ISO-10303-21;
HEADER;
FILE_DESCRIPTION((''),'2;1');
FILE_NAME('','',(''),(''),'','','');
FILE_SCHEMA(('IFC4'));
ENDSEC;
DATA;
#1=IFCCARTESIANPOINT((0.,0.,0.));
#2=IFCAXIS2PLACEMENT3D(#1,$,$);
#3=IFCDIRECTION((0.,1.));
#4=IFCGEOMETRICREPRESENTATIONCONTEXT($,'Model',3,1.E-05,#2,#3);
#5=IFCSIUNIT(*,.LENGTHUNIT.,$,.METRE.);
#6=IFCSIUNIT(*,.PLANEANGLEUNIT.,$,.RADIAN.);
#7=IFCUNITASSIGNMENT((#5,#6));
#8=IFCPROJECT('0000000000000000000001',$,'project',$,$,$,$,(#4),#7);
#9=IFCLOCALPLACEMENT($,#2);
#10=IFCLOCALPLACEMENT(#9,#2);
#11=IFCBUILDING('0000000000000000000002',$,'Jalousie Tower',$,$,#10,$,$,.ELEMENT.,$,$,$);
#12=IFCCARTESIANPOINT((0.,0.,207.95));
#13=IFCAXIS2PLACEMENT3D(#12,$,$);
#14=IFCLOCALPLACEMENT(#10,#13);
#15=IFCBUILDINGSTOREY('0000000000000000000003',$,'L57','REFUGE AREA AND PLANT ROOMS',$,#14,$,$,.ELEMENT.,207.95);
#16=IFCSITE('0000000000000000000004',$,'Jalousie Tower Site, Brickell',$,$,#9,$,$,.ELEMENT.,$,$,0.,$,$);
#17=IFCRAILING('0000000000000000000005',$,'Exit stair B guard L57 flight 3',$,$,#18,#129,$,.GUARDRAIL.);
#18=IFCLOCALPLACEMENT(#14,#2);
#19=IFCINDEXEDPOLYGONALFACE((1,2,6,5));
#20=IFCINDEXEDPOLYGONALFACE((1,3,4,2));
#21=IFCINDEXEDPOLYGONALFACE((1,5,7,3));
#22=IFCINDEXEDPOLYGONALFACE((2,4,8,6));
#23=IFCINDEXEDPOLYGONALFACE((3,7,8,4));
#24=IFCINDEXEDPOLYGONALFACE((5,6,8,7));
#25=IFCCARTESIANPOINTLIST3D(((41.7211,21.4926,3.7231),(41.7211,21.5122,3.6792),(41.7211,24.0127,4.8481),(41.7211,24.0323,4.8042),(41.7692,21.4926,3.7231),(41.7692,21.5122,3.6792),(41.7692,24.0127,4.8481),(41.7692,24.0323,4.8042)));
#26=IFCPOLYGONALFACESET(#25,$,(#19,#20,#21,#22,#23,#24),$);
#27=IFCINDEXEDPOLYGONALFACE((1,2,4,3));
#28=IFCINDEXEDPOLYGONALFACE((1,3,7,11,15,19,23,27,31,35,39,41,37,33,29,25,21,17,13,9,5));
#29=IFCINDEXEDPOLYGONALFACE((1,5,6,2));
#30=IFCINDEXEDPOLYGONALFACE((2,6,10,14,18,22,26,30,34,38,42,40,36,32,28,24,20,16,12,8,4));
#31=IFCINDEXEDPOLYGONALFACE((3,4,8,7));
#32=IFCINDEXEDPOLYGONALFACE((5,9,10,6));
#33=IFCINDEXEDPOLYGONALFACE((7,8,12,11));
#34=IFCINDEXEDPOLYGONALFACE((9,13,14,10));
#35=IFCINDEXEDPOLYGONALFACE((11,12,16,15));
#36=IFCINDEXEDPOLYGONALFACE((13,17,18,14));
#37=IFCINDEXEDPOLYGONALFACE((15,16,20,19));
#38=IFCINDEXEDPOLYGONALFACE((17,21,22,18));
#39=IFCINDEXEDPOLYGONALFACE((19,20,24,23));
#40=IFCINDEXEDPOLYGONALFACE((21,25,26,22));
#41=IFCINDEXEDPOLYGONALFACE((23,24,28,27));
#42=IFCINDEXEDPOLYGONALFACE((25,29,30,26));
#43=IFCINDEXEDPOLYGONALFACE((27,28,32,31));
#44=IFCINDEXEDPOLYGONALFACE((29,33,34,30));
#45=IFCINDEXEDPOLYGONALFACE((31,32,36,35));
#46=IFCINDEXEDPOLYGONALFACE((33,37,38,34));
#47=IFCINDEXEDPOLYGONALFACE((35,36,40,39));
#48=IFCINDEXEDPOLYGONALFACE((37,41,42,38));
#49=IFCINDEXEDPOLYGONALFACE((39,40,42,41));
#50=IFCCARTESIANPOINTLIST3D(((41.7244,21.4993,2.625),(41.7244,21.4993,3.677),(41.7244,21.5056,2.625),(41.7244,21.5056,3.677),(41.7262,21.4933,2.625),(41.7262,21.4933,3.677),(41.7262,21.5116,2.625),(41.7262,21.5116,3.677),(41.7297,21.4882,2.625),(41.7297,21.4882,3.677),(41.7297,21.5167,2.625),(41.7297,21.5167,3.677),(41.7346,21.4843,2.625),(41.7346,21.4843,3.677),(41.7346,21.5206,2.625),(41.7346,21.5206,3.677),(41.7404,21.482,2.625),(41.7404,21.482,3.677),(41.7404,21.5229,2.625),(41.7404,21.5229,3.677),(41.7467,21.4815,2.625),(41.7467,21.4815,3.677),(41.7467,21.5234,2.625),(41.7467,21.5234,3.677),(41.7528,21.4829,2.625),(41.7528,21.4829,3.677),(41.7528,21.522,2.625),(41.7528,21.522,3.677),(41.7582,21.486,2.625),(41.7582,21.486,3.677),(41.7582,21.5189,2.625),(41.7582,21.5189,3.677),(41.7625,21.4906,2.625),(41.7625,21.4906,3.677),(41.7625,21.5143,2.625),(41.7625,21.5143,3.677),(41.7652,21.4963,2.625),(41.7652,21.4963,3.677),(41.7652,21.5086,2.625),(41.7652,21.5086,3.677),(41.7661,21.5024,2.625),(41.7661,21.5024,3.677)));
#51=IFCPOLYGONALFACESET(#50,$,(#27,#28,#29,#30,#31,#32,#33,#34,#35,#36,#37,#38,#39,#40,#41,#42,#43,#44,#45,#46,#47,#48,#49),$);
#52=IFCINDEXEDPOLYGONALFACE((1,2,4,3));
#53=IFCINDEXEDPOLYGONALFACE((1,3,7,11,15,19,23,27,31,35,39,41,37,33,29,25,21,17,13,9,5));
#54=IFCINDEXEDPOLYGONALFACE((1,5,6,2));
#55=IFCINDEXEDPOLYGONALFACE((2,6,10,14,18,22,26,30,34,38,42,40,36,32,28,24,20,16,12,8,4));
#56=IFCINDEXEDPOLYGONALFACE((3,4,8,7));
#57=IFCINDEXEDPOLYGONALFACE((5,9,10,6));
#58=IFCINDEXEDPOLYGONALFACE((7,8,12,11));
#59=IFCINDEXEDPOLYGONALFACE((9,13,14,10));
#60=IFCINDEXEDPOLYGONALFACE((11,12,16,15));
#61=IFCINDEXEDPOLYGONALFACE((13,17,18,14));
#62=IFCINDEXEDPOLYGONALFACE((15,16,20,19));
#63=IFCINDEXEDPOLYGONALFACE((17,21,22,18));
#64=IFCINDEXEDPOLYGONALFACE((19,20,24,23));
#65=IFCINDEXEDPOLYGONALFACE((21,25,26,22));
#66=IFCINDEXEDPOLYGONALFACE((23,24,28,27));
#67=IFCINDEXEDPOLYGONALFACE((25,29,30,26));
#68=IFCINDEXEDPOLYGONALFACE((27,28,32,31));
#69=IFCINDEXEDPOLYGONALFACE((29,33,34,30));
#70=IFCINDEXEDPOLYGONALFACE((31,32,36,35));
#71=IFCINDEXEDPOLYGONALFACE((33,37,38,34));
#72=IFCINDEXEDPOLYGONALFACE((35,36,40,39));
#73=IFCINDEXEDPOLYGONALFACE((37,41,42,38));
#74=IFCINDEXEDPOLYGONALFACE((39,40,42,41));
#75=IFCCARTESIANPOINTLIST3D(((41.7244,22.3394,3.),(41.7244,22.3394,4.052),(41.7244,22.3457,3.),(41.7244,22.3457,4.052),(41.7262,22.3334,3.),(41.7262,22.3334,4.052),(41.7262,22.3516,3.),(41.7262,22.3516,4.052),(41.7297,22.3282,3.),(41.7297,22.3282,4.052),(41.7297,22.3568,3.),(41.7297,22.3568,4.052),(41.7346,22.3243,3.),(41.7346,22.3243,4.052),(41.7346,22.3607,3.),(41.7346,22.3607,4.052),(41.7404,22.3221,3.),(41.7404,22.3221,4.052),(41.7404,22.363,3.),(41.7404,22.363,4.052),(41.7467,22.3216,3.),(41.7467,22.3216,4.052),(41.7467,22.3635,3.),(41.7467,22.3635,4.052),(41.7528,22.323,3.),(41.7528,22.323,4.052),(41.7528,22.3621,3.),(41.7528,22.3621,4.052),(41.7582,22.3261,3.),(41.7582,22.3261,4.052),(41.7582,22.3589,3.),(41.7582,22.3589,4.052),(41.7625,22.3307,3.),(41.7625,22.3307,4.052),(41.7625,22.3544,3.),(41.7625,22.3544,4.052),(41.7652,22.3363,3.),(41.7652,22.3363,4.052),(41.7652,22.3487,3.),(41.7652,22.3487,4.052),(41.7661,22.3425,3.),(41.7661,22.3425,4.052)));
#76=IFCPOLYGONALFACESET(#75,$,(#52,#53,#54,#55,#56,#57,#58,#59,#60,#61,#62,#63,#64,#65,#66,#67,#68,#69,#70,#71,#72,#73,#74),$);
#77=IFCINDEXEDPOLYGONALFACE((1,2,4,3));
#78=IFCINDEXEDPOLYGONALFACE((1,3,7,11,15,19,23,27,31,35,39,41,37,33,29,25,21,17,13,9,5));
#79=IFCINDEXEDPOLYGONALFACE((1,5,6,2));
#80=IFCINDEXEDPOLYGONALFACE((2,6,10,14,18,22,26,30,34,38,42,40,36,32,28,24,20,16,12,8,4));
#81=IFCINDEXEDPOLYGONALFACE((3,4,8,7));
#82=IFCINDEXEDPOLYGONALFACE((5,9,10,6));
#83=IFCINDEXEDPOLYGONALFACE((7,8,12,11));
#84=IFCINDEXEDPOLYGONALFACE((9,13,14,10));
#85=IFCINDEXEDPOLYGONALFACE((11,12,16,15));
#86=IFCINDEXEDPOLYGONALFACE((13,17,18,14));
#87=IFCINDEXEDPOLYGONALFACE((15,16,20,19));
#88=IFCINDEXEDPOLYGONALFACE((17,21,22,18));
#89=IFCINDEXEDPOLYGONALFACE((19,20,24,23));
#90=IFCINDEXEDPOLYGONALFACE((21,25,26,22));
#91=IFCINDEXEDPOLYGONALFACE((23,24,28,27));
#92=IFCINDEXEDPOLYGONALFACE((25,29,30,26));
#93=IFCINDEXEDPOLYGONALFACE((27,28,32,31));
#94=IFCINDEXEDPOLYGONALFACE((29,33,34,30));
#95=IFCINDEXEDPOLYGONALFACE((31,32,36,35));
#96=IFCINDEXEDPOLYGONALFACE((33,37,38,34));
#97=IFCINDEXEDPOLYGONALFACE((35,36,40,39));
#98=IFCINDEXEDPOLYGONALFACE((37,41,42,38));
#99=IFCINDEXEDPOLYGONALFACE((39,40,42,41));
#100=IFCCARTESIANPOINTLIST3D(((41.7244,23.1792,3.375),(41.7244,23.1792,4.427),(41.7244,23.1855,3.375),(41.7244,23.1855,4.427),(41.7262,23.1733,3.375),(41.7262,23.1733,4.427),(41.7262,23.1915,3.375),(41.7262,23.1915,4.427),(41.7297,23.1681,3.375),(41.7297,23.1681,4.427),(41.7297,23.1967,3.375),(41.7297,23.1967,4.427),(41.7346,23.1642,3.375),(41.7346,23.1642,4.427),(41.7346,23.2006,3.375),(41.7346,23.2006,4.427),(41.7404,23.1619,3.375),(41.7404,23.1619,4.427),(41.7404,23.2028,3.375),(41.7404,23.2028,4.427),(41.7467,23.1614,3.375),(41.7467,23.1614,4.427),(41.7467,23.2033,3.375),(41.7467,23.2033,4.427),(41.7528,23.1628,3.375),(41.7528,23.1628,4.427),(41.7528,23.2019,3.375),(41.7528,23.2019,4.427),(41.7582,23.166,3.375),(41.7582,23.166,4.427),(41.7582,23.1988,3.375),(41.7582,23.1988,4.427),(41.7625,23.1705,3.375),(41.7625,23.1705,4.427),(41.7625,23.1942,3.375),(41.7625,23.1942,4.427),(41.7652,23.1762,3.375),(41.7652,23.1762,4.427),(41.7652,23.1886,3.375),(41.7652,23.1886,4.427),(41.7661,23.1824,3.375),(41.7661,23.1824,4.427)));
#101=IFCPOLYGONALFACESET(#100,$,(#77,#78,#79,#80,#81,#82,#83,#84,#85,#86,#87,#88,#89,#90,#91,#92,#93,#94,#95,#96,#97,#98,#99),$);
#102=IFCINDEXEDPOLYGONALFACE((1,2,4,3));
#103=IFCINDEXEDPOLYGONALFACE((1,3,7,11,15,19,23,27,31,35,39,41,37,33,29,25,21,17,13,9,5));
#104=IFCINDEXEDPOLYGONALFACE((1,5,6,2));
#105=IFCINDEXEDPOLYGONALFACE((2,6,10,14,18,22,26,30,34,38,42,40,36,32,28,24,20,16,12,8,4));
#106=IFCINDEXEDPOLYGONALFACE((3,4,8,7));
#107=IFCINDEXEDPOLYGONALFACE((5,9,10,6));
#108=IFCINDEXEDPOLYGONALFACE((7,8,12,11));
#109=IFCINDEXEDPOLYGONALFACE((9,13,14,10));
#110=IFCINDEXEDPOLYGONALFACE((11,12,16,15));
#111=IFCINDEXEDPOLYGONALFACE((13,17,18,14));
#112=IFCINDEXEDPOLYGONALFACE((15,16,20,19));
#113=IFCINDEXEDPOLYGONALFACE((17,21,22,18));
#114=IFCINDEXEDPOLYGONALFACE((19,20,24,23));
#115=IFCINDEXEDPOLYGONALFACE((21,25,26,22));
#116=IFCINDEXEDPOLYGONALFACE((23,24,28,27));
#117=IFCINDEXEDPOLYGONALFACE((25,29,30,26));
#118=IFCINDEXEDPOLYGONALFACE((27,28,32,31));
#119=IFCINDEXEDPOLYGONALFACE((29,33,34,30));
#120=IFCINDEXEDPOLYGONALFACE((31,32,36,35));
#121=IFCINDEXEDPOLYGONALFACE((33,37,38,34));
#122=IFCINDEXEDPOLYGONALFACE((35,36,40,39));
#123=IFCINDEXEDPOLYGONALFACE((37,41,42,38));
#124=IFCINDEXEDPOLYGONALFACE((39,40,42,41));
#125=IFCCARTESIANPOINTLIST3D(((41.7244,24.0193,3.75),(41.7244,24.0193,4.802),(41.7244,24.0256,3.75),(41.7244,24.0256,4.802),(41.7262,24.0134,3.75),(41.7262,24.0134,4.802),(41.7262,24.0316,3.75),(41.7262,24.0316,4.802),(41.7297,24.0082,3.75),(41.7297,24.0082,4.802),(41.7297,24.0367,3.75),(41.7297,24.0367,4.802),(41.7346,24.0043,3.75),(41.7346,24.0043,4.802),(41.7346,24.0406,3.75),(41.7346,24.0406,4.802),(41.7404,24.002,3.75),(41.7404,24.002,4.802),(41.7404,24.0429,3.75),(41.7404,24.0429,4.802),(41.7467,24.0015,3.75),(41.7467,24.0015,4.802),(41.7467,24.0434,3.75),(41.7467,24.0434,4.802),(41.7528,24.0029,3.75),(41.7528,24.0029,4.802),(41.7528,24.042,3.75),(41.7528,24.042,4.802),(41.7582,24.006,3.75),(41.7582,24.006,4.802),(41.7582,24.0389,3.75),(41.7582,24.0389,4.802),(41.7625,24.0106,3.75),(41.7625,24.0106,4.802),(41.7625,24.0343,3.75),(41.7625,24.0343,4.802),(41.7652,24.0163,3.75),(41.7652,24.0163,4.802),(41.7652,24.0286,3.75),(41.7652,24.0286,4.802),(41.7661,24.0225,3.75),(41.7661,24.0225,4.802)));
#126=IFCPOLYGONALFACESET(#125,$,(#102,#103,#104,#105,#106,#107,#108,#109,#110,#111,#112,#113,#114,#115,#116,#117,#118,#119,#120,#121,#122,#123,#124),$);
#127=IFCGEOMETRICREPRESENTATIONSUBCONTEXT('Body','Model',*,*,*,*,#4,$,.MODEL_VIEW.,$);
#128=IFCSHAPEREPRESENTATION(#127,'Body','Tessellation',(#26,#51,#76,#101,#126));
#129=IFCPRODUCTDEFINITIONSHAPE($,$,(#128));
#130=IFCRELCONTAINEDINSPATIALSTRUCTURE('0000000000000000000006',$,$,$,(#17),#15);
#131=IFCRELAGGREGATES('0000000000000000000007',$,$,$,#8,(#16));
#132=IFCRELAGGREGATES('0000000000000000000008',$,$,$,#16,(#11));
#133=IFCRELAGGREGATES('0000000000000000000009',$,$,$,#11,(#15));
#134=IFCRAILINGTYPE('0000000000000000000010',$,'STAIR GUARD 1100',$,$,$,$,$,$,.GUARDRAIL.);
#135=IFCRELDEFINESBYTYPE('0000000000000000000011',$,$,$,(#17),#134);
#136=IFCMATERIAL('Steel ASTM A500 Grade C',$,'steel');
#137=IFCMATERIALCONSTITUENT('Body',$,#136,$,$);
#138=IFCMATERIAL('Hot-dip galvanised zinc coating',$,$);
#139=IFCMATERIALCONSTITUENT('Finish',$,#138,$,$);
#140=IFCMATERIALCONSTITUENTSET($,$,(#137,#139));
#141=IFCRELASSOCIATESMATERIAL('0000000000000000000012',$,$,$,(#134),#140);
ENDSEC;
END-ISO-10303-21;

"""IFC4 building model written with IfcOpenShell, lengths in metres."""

from ifc_helpers import new_model, si_unit, direction, frame, origin, origin_2d, place, context, subcontext, project, spatial, rectangle, circle, extrude, material, constituent, constituent_set, type_object, element, save


model = new_model("IFC4")

# Units and contexts
model_context = context("Model", 3, precision=1e-05, world=origin(), true_north=direction((0.0, 1.0)))
body_context = subcontext(model_context, "Body", "Model", "MODEL_VIEW")
ifc_project = project(units=[si_unit("LENGTHUNIT", "METRE"), si_unit("PLANEANGLEUNIT", "RADIAN")], contexts=[model_context])

# Site, building, storey
site_placement = place(None, origin())
site = spatial("IfcSite", under=ifc_project, at=site_placement, Name="Jalousie Tower Site, Brickell", CompositionType="ELEMENT", RefElevation=0.0)
building_placement = place(site_placement, origin())
building = spatial("IfcBuilding", under=site, at=building_placement, Name="Jalousie Tower", CompositionType="ELEMENT")
storey_placement = place(building_placement, frame((0.0, 0.0, 207.95)))
storey = spatial("IfcBuildingStorey", under=building, at=storey_placement, Name="L57", Description="REFUGE AREA AND PLANT ROOMS", CompositionType="ELEMENT", Elevation=207.95)

# Railing
ifc_material_1 = material(Name="Steel ASTM A500 Grade C", Category="steel")
ifc_constituent_1 = constituent(ifc_material_1, Name="Body")
ifc_material_2 = material(Name="Hot-dip galvanised zinc coating")
ifc_constituent_2 = constituent(ifc_material_2, Name="Finish")
ifc_constituent_set_1 = constituent_set(constituents=[ifc_constituent_1, ifc_constituent_2])
railing_type_1 = type_object("IfcRailingType", Name="STAIR GUARD 1100", PredefinedType="GUARDRAIL", material=ifc_constituent_set_1)
railing_1_placement = place(storey_placement, frame((41.7451, 21.5024, 2.625)))
element("IfcRailing", 1, at=railing_1_placement, inside=storey, type_object=railing_type_1, Name="Exit stair B guard L57 flight 3", PredefinedType="GUARDRAIL", context=body_context, shape_type="SweptSolid", body=[
    extrude(rectangle(XDim=0.0481, YDim=0.0481, at=origin_2d()), frame((0.0, 0.0, 1.0762), z_axis=(0.0, 0.913139, 0.407648), x_axis=(-1.0, 0.0, 0.0)), (0.0, 0.0, 1.0), 2.7598),
    extrude(circle(Radius=0.021, at=origin_2d()), origin(), (0.0, 0.0, 1.0), 1.052),
    extrude(circle(Radius=0.021, at=origin_2d()), frame((0.0, 0.8401, 0.375)), (0.0, 0.0, 1.0), 1.052),
    extrude(circle(Radius=0.021, at=origin_2d()), frame((0.0, 1.6799, 0.75)), (0.0, 0.0, 1.0), 1.052),
    extrude(circle(Radius=0.021, at=origin_2d()), frame((0.0, 2.52, 1.125)), (0.0, 0.0, 1.0), 1.052),
])

save(model, "model.ifc")
